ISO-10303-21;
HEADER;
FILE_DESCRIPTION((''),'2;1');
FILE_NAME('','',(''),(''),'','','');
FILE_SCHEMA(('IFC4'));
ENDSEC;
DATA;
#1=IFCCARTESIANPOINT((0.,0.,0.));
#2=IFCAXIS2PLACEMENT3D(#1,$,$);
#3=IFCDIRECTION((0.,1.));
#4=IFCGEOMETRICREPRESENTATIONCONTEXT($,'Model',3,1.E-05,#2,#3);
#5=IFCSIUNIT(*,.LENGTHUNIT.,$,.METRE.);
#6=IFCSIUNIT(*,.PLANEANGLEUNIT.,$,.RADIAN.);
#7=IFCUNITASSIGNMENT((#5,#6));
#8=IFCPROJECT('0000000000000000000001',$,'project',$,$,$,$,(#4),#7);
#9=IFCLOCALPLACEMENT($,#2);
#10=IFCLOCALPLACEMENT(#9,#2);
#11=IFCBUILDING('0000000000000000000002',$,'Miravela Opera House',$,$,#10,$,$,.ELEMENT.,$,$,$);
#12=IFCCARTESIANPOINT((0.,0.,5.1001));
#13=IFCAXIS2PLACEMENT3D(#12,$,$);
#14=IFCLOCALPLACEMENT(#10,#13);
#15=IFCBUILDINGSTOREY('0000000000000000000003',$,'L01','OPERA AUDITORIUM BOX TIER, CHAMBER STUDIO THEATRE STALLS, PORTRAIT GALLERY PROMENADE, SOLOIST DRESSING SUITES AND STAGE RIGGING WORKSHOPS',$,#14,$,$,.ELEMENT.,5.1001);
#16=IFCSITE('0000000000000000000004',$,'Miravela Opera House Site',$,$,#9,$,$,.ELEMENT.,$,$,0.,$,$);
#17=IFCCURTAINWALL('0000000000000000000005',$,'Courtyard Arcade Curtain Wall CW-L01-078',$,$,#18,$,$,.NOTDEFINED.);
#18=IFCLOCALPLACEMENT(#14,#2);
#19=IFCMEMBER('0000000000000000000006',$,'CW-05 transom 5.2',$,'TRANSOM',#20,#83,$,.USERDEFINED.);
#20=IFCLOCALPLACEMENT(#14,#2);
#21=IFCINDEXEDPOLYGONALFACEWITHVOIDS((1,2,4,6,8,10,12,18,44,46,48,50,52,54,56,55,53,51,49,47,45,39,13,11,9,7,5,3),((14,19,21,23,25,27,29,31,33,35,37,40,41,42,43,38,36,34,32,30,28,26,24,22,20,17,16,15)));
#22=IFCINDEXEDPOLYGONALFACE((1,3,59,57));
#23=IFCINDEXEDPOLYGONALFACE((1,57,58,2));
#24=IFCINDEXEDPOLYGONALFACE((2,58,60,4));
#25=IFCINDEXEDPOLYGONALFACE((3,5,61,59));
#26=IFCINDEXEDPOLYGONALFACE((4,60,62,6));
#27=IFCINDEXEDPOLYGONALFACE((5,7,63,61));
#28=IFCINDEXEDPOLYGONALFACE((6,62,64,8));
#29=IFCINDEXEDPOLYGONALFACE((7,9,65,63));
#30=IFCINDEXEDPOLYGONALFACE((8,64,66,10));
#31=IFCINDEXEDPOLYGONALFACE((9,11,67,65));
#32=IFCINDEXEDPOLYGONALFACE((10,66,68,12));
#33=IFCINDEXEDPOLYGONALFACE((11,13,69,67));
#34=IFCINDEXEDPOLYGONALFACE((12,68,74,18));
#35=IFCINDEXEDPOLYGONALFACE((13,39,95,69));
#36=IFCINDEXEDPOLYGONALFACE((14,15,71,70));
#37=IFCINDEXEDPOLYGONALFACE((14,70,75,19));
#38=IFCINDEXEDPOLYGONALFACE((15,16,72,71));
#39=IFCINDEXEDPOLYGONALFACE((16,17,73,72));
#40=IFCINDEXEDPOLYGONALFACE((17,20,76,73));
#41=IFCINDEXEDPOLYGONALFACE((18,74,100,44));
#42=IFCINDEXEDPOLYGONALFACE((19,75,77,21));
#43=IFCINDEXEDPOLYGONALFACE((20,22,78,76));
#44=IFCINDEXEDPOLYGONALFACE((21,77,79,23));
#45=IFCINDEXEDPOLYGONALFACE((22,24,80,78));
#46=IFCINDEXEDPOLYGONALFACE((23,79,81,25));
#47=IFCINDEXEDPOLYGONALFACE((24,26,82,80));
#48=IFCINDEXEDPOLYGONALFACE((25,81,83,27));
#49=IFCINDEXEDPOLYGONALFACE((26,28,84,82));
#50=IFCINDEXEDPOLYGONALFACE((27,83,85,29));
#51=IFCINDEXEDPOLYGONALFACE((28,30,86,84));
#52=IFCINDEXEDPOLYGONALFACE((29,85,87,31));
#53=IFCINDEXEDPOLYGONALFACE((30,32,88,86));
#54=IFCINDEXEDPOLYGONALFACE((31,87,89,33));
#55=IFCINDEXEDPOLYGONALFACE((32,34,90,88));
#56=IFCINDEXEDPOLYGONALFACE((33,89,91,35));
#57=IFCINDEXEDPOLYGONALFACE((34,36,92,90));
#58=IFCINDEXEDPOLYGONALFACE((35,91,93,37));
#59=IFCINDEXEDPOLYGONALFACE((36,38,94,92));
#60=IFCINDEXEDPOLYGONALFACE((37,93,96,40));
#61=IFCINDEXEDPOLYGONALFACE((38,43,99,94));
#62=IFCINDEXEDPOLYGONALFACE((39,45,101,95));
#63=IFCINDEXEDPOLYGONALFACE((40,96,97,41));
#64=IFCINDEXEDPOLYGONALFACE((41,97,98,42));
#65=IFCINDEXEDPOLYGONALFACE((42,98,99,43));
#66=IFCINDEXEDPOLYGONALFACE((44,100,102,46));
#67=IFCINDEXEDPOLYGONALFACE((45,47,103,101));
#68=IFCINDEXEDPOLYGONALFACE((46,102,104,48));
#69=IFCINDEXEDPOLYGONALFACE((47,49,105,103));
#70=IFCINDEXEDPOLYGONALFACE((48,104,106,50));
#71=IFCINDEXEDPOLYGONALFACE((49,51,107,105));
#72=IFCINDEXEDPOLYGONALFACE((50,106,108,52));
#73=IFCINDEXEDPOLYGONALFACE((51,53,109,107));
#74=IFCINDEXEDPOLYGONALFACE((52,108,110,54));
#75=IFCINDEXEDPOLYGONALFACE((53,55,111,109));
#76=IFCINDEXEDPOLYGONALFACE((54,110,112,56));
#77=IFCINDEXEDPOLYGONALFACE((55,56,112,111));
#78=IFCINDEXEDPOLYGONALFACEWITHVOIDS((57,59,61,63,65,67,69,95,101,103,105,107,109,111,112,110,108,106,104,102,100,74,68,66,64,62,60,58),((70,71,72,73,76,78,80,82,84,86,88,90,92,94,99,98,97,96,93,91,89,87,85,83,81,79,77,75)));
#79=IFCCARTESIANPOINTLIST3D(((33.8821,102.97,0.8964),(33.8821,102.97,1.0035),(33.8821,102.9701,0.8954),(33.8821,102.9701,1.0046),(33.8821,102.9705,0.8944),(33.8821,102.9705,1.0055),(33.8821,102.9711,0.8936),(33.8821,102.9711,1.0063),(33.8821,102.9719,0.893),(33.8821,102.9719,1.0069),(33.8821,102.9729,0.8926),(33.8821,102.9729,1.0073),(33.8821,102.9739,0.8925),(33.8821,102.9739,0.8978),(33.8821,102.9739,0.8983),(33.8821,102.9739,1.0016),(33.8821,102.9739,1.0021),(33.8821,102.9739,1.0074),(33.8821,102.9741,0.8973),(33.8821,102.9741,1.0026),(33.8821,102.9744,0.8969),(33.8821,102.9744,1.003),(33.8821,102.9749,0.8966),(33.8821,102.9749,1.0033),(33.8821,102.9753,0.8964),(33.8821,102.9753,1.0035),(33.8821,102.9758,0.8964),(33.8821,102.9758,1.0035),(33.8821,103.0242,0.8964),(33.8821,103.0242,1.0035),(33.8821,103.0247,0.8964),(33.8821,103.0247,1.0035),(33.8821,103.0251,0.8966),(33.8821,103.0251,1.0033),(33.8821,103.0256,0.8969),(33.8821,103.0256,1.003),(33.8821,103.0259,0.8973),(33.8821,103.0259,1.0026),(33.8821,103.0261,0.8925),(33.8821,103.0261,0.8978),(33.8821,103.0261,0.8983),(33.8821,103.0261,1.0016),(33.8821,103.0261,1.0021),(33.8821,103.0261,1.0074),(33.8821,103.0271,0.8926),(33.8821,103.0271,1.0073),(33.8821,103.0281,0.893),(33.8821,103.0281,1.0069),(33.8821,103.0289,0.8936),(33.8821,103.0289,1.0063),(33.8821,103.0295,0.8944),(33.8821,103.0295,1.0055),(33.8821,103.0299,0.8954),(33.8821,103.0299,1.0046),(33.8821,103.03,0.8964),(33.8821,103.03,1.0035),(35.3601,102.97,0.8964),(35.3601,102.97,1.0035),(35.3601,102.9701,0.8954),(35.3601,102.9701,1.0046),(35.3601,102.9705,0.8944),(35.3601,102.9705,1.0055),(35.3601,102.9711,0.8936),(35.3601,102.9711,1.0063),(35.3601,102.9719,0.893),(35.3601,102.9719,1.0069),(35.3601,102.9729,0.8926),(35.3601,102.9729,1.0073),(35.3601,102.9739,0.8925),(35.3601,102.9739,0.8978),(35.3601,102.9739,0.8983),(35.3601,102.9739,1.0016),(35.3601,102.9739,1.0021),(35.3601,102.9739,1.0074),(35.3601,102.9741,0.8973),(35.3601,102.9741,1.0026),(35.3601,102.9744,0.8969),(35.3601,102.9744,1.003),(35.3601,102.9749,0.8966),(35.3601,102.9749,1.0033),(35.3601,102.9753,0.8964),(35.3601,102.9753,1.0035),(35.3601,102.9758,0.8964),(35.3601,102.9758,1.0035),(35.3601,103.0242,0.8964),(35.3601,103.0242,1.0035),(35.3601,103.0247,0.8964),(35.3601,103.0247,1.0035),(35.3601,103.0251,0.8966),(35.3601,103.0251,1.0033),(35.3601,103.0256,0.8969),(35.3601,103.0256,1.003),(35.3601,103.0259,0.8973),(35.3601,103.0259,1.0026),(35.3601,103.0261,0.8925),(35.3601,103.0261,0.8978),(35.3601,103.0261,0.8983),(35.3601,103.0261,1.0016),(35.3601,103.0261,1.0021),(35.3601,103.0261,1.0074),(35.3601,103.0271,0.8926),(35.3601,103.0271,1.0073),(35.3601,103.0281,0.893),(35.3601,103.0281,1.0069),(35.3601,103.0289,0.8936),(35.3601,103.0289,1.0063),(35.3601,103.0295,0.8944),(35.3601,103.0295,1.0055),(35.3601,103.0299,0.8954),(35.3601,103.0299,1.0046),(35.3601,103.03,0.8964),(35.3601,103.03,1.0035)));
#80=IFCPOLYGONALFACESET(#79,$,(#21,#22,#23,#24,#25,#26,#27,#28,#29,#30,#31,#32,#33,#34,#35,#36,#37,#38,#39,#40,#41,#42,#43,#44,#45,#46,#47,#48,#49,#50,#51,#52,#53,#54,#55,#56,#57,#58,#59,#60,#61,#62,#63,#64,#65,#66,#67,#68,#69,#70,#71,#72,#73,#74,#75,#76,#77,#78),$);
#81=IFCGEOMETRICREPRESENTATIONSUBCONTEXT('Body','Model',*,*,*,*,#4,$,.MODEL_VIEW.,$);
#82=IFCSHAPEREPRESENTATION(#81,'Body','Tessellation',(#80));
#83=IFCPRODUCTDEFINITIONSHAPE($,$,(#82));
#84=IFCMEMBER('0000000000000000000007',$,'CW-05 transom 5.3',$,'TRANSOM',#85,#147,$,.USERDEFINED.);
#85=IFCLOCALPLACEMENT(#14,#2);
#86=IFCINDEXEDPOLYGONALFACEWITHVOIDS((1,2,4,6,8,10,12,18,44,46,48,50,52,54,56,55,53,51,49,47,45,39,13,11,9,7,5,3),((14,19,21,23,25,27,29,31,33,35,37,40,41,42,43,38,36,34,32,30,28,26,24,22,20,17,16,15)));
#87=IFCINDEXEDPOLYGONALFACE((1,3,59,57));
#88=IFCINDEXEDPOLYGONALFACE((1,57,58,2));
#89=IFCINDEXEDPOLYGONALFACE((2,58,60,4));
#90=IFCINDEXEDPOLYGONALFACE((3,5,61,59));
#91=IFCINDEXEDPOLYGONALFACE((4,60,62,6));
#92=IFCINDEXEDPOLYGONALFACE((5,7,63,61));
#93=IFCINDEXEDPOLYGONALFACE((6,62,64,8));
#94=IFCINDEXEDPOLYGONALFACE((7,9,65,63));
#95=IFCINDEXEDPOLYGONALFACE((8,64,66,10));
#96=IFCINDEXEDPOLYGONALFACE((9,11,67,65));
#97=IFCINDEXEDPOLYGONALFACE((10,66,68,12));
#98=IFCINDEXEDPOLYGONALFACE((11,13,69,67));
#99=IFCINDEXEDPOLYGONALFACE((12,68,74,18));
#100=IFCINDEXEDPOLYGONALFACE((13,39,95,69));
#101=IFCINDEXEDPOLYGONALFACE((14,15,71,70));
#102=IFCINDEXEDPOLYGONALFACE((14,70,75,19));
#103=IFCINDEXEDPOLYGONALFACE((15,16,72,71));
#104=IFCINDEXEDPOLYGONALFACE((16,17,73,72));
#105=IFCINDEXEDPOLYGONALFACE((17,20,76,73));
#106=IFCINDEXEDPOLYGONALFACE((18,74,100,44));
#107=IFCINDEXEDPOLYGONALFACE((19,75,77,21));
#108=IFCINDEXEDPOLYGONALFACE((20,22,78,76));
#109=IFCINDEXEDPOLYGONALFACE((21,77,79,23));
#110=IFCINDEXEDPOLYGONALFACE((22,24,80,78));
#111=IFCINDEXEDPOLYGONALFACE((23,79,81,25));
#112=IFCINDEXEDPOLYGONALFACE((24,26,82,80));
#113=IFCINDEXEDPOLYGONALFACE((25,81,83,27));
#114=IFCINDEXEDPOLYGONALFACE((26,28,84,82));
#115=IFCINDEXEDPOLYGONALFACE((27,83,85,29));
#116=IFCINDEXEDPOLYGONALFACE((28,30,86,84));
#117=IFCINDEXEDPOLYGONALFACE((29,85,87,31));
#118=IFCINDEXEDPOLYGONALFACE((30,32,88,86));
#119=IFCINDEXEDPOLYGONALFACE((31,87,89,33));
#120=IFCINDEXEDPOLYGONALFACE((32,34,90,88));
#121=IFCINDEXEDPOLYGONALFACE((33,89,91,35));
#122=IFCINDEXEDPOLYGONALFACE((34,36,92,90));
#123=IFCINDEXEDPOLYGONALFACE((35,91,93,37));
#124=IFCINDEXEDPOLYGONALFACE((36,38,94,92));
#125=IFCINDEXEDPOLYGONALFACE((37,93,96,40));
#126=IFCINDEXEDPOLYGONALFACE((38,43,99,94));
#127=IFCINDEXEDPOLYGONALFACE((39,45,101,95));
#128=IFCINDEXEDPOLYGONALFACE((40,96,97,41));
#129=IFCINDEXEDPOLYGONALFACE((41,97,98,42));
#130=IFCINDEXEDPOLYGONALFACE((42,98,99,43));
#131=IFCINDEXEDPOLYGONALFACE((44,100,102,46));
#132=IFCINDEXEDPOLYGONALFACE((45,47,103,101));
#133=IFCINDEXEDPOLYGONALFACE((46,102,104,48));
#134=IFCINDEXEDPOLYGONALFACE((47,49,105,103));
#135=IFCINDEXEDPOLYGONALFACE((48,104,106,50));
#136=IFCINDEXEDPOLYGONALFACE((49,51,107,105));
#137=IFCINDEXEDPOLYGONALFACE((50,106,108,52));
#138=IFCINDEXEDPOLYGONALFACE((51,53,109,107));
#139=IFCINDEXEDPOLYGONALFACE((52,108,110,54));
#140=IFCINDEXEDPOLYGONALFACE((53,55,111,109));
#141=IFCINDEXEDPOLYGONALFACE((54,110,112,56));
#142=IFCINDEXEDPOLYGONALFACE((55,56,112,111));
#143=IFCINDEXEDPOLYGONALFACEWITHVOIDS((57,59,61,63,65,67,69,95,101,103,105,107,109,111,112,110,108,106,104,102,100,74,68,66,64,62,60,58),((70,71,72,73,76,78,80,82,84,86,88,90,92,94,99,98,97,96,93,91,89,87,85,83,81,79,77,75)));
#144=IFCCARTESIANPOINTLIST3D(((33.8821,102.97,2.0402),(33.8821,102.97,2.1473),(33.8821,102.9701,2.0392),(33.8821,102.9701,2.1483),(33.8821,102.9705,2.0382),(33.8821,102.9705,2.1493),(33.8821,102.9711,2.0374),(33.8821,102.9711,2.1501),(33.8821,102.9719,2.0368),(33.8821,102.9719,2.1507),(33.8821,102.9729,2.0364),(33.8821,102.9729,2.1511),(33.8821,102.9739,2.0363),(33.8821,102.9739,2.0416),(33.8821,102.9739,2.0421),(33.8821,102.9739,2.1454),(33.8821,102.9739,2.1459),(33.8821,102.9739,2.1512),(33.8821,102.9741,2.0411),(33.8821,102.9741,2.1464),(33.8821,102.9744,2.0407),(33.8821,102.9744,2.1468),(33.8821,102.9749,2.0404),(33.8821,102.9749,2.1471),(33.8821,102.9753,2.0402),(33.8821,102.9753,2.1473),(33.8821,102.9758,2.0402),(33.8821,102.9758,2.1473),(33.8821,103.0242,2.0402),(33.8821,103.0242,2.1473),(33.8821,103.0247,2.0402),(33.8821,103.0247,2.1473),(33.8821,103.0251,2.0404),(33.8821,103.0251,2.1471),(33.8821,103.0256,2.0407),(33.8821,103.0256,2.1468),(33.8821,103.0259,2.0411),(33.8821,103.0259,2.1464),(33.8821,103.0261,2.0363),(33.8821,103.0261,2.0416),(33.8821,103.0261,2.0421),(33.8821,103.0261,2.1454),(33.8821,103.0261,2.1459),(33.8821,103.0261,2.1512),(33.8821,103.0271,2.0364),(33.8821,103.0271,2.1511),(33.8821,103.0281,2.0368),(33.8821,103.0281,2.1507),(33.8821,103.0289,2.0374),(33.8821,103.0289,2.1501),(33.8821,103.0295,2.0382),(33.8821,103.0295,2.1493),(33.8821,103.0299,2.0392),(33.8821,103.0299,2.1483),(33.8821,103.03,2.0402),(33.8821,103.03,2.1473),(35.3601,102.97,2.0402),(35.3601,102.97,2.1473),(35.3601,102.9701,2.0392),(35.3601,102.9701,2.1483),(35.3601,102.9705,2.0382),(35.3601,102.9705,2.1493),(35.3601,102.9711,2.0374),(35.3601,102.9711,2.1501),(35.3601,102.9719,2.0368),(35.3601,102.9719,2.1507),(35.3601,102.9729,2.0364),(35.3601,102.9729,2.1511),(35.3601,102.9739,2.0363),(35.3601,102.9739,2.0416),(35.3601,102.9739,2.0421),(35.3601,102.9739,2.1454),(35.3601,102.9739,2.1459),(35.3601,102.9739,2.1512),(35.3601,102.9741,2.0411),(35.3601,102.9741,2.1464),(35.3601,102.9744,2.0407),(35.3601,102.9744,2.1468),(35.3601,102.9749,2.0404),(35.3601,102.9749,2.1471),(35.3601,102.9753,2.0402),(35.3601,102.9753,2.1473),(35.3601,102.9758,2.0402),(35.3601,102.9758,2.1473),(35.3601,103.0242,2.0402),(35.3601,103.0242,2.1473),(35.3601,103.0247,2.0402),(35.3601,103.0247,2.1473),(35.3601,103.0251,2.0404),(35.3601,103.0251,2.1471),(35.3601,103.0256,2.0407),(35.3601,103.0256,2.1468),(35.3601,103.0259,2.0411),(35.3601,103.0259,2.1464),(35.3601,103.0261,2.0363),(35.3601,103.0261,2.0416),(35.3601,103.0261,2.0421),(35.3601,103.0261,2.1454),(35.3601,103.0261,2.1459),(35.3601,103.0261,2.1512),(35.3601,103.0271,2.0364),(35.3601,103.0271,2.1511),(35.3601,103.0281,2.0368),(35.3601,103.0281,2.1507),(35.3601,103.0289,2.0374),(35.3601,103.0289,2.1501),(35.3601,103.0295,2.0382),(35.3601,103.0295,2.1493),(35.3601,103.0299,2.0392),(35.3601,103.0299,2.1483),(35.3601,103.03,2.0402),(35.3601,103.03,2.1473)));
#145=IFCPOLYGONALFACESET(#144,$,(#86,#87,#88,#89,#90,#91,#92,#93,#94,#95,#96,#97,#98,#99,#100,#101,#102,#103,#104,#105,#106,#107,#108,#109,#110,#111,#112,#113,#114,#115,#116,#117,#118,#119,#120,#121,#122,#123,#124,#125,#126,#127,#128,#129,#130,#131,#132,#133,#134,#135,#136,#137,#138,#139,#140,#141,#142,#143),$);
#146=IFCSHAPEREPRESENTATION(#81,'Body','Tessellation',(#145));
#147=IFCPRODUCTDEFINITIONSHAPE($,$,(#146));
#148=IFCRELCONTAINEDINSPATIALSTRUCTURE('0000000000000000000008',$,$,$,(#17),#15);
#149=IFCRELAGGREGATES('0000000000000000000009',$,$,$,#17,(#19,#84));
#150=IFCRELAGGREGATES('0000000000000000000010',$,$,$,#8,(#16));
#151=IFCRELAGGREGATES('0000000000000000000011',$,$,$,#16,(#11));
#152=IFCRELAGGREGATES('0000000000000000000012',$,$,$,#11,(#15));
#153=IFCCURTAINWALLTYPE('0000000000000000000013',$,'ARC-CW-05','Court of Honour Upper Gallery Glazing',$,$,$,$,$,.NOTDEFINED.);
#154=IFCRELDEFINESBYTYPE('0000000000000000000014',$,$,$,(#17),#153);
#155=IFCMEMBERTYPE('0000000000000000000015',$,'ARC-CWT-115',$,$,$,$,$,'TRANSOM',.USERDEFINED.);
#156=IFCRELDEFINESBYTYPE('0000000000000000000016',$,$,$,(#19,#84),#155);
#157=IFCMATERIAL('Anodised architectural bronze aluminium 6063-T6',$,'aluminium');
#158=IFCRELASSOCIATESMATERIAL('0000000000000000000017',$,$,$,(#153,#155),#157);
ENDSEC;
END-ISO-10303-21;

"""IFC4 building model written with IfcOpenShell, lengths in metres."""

from ifc_helpers import new_model, si_unit, direction, frame, origin, origin_2d, place, context, subcontext, project, spatial, hollow_rectangle, extrude, material, material_profile, profile_set, type_object, element, aggregate, save


model = new_model("IFC4")

# Units and contexts
model_context = context("Model", 3, precision=1e-05, world=origin(), true_north=direction((0.0, 1.0)))
body_context = subcontext(model_context, "Body", "Model", "MODEL_VIEW")
ifc_project = project(units=[si_unit("LENGTHUNIT", "METRE"), si_unit("PLANEANGLEUNIT", "RADIAN")], contexts=[model_context])

# Site, building, storey
site_placement = place(None, origin())
site = spatial("IfcSite", under=ifc_project, at=site_placement, Name="Miravela Opera House Site", CompositionType="ELEMENT", RefElevation=0.0)
building_placement = place(site_placement, origin())
building = spatial("IfcBuilding", under=site, at=building_placement, Name="Miravela Opera House", CompositionType="ELEMENT")
storey_placement = place(building_placement, frame((0.0, 0.0, 5.1001)))
storey = spatial("IfcBuildingStorey", under=building, at=storey_placement, Name="L01", Description="OPERA AUDITORIUM BOX TIER, CHAMBER STUDIO THEATRE STALLS, PORTRAIT GALLERY PROMENADE, SOLOIST DRESSING SUITES AND STAGE RIGGING WORKSHOPS", CompositionType="ELEMENT", Elevation=5.1001)

# Curtain wall
ifc_material_1 = material(Name="Anodised architectural bronze aluminium 6063-T6", Category="aluminium")
curtain_wall_type = type_object("IfcCurtainWallType", Name="ARC-CW-05", Description="Court of Honour Upper Gallery Glazing", PredefinedType="NOTDEFINED", material=ifc_material_1)
curtain_wall_1_placement = place(storey_placement, origin())
curtain_wall_1 = element("IfcCurtainWall", 1, at=curtain_wall_1_placement, inside=storey, type_object=curtain_wall_type, Name="Courtyard Arcade Curtain Wall CW-L01-078", PredefinedType="NOTDEFINED")

# Members
ifc_material_profile_1 = material_profile(ifc_material_1, hollow_rectangle(XDim=0.0601, YDim=0.115, WallThickness=0.0039, InnerFilletRadius=0.002, OuterFilletRadius=0.0039, at=origin_2d()), Name="CWT-60X115")
ifc_profile_set_1 = profile_set([ifc_material_profile_1])
member_type_1 = type_object("IfcMemberType", Name="ARC-CWT-115", ElementType="TRANSOM", PredefinedType="USERDEFINED", material=ifc_profile_set_1)
member_1_placement = place(storey_placement, frame((33.8821, 103.0, 0.95), z_axis=(1.0, 0.0, 0.0), x_axis=(0.0, 1.0, 0.0)))
member_1 = element("IfcMember", 2, at=member_1_placement, type_object=member_type_1, Name="CW-05 transom 5.2", ObjectType="TRANSOM", PredefinedType="USERDEFINED", context=body_context, shape_type="SweptSolid", body=[
    extrude(hollow_rectangle(XDim=0.0601, YDim=0.115, WallThickness=0.0039, InnerFilletRadius=0.002, OuterFilletRadius=0.0039, at=origin_2d()), origin(), (0.0, 0.0, 1.0), 1.478),
])
member_2_placement = place(storey_placement, frame((33.8821, 103.0, 2.0938), z_axis=(1.0, 0.0, 0.0), x_axis=(0.0, 1.0, 0.0)))
member_2 = element("IfcMember", 3, at=member_2_placement, type_object=member_type_1, Name="CW-05 transom 5.3", ObjectType="TRANSOM", PredefinedType="USERDEFINED", context=body_context, shape_type="SweptSolid", body=[
    extrude(hollow_rectangle(XDim=0.0601, YDim=0.115, WallThickness=0.0039, InnerFilletRadius=0.002, OuterFilletRadius=0.0039, at=origin_2d()), origin(), (0.0, 0.0, 1.0), 1.478),
])

aggregate(curtain_wall_1, [member_1, member_2])

save(model, "model.ifc")
